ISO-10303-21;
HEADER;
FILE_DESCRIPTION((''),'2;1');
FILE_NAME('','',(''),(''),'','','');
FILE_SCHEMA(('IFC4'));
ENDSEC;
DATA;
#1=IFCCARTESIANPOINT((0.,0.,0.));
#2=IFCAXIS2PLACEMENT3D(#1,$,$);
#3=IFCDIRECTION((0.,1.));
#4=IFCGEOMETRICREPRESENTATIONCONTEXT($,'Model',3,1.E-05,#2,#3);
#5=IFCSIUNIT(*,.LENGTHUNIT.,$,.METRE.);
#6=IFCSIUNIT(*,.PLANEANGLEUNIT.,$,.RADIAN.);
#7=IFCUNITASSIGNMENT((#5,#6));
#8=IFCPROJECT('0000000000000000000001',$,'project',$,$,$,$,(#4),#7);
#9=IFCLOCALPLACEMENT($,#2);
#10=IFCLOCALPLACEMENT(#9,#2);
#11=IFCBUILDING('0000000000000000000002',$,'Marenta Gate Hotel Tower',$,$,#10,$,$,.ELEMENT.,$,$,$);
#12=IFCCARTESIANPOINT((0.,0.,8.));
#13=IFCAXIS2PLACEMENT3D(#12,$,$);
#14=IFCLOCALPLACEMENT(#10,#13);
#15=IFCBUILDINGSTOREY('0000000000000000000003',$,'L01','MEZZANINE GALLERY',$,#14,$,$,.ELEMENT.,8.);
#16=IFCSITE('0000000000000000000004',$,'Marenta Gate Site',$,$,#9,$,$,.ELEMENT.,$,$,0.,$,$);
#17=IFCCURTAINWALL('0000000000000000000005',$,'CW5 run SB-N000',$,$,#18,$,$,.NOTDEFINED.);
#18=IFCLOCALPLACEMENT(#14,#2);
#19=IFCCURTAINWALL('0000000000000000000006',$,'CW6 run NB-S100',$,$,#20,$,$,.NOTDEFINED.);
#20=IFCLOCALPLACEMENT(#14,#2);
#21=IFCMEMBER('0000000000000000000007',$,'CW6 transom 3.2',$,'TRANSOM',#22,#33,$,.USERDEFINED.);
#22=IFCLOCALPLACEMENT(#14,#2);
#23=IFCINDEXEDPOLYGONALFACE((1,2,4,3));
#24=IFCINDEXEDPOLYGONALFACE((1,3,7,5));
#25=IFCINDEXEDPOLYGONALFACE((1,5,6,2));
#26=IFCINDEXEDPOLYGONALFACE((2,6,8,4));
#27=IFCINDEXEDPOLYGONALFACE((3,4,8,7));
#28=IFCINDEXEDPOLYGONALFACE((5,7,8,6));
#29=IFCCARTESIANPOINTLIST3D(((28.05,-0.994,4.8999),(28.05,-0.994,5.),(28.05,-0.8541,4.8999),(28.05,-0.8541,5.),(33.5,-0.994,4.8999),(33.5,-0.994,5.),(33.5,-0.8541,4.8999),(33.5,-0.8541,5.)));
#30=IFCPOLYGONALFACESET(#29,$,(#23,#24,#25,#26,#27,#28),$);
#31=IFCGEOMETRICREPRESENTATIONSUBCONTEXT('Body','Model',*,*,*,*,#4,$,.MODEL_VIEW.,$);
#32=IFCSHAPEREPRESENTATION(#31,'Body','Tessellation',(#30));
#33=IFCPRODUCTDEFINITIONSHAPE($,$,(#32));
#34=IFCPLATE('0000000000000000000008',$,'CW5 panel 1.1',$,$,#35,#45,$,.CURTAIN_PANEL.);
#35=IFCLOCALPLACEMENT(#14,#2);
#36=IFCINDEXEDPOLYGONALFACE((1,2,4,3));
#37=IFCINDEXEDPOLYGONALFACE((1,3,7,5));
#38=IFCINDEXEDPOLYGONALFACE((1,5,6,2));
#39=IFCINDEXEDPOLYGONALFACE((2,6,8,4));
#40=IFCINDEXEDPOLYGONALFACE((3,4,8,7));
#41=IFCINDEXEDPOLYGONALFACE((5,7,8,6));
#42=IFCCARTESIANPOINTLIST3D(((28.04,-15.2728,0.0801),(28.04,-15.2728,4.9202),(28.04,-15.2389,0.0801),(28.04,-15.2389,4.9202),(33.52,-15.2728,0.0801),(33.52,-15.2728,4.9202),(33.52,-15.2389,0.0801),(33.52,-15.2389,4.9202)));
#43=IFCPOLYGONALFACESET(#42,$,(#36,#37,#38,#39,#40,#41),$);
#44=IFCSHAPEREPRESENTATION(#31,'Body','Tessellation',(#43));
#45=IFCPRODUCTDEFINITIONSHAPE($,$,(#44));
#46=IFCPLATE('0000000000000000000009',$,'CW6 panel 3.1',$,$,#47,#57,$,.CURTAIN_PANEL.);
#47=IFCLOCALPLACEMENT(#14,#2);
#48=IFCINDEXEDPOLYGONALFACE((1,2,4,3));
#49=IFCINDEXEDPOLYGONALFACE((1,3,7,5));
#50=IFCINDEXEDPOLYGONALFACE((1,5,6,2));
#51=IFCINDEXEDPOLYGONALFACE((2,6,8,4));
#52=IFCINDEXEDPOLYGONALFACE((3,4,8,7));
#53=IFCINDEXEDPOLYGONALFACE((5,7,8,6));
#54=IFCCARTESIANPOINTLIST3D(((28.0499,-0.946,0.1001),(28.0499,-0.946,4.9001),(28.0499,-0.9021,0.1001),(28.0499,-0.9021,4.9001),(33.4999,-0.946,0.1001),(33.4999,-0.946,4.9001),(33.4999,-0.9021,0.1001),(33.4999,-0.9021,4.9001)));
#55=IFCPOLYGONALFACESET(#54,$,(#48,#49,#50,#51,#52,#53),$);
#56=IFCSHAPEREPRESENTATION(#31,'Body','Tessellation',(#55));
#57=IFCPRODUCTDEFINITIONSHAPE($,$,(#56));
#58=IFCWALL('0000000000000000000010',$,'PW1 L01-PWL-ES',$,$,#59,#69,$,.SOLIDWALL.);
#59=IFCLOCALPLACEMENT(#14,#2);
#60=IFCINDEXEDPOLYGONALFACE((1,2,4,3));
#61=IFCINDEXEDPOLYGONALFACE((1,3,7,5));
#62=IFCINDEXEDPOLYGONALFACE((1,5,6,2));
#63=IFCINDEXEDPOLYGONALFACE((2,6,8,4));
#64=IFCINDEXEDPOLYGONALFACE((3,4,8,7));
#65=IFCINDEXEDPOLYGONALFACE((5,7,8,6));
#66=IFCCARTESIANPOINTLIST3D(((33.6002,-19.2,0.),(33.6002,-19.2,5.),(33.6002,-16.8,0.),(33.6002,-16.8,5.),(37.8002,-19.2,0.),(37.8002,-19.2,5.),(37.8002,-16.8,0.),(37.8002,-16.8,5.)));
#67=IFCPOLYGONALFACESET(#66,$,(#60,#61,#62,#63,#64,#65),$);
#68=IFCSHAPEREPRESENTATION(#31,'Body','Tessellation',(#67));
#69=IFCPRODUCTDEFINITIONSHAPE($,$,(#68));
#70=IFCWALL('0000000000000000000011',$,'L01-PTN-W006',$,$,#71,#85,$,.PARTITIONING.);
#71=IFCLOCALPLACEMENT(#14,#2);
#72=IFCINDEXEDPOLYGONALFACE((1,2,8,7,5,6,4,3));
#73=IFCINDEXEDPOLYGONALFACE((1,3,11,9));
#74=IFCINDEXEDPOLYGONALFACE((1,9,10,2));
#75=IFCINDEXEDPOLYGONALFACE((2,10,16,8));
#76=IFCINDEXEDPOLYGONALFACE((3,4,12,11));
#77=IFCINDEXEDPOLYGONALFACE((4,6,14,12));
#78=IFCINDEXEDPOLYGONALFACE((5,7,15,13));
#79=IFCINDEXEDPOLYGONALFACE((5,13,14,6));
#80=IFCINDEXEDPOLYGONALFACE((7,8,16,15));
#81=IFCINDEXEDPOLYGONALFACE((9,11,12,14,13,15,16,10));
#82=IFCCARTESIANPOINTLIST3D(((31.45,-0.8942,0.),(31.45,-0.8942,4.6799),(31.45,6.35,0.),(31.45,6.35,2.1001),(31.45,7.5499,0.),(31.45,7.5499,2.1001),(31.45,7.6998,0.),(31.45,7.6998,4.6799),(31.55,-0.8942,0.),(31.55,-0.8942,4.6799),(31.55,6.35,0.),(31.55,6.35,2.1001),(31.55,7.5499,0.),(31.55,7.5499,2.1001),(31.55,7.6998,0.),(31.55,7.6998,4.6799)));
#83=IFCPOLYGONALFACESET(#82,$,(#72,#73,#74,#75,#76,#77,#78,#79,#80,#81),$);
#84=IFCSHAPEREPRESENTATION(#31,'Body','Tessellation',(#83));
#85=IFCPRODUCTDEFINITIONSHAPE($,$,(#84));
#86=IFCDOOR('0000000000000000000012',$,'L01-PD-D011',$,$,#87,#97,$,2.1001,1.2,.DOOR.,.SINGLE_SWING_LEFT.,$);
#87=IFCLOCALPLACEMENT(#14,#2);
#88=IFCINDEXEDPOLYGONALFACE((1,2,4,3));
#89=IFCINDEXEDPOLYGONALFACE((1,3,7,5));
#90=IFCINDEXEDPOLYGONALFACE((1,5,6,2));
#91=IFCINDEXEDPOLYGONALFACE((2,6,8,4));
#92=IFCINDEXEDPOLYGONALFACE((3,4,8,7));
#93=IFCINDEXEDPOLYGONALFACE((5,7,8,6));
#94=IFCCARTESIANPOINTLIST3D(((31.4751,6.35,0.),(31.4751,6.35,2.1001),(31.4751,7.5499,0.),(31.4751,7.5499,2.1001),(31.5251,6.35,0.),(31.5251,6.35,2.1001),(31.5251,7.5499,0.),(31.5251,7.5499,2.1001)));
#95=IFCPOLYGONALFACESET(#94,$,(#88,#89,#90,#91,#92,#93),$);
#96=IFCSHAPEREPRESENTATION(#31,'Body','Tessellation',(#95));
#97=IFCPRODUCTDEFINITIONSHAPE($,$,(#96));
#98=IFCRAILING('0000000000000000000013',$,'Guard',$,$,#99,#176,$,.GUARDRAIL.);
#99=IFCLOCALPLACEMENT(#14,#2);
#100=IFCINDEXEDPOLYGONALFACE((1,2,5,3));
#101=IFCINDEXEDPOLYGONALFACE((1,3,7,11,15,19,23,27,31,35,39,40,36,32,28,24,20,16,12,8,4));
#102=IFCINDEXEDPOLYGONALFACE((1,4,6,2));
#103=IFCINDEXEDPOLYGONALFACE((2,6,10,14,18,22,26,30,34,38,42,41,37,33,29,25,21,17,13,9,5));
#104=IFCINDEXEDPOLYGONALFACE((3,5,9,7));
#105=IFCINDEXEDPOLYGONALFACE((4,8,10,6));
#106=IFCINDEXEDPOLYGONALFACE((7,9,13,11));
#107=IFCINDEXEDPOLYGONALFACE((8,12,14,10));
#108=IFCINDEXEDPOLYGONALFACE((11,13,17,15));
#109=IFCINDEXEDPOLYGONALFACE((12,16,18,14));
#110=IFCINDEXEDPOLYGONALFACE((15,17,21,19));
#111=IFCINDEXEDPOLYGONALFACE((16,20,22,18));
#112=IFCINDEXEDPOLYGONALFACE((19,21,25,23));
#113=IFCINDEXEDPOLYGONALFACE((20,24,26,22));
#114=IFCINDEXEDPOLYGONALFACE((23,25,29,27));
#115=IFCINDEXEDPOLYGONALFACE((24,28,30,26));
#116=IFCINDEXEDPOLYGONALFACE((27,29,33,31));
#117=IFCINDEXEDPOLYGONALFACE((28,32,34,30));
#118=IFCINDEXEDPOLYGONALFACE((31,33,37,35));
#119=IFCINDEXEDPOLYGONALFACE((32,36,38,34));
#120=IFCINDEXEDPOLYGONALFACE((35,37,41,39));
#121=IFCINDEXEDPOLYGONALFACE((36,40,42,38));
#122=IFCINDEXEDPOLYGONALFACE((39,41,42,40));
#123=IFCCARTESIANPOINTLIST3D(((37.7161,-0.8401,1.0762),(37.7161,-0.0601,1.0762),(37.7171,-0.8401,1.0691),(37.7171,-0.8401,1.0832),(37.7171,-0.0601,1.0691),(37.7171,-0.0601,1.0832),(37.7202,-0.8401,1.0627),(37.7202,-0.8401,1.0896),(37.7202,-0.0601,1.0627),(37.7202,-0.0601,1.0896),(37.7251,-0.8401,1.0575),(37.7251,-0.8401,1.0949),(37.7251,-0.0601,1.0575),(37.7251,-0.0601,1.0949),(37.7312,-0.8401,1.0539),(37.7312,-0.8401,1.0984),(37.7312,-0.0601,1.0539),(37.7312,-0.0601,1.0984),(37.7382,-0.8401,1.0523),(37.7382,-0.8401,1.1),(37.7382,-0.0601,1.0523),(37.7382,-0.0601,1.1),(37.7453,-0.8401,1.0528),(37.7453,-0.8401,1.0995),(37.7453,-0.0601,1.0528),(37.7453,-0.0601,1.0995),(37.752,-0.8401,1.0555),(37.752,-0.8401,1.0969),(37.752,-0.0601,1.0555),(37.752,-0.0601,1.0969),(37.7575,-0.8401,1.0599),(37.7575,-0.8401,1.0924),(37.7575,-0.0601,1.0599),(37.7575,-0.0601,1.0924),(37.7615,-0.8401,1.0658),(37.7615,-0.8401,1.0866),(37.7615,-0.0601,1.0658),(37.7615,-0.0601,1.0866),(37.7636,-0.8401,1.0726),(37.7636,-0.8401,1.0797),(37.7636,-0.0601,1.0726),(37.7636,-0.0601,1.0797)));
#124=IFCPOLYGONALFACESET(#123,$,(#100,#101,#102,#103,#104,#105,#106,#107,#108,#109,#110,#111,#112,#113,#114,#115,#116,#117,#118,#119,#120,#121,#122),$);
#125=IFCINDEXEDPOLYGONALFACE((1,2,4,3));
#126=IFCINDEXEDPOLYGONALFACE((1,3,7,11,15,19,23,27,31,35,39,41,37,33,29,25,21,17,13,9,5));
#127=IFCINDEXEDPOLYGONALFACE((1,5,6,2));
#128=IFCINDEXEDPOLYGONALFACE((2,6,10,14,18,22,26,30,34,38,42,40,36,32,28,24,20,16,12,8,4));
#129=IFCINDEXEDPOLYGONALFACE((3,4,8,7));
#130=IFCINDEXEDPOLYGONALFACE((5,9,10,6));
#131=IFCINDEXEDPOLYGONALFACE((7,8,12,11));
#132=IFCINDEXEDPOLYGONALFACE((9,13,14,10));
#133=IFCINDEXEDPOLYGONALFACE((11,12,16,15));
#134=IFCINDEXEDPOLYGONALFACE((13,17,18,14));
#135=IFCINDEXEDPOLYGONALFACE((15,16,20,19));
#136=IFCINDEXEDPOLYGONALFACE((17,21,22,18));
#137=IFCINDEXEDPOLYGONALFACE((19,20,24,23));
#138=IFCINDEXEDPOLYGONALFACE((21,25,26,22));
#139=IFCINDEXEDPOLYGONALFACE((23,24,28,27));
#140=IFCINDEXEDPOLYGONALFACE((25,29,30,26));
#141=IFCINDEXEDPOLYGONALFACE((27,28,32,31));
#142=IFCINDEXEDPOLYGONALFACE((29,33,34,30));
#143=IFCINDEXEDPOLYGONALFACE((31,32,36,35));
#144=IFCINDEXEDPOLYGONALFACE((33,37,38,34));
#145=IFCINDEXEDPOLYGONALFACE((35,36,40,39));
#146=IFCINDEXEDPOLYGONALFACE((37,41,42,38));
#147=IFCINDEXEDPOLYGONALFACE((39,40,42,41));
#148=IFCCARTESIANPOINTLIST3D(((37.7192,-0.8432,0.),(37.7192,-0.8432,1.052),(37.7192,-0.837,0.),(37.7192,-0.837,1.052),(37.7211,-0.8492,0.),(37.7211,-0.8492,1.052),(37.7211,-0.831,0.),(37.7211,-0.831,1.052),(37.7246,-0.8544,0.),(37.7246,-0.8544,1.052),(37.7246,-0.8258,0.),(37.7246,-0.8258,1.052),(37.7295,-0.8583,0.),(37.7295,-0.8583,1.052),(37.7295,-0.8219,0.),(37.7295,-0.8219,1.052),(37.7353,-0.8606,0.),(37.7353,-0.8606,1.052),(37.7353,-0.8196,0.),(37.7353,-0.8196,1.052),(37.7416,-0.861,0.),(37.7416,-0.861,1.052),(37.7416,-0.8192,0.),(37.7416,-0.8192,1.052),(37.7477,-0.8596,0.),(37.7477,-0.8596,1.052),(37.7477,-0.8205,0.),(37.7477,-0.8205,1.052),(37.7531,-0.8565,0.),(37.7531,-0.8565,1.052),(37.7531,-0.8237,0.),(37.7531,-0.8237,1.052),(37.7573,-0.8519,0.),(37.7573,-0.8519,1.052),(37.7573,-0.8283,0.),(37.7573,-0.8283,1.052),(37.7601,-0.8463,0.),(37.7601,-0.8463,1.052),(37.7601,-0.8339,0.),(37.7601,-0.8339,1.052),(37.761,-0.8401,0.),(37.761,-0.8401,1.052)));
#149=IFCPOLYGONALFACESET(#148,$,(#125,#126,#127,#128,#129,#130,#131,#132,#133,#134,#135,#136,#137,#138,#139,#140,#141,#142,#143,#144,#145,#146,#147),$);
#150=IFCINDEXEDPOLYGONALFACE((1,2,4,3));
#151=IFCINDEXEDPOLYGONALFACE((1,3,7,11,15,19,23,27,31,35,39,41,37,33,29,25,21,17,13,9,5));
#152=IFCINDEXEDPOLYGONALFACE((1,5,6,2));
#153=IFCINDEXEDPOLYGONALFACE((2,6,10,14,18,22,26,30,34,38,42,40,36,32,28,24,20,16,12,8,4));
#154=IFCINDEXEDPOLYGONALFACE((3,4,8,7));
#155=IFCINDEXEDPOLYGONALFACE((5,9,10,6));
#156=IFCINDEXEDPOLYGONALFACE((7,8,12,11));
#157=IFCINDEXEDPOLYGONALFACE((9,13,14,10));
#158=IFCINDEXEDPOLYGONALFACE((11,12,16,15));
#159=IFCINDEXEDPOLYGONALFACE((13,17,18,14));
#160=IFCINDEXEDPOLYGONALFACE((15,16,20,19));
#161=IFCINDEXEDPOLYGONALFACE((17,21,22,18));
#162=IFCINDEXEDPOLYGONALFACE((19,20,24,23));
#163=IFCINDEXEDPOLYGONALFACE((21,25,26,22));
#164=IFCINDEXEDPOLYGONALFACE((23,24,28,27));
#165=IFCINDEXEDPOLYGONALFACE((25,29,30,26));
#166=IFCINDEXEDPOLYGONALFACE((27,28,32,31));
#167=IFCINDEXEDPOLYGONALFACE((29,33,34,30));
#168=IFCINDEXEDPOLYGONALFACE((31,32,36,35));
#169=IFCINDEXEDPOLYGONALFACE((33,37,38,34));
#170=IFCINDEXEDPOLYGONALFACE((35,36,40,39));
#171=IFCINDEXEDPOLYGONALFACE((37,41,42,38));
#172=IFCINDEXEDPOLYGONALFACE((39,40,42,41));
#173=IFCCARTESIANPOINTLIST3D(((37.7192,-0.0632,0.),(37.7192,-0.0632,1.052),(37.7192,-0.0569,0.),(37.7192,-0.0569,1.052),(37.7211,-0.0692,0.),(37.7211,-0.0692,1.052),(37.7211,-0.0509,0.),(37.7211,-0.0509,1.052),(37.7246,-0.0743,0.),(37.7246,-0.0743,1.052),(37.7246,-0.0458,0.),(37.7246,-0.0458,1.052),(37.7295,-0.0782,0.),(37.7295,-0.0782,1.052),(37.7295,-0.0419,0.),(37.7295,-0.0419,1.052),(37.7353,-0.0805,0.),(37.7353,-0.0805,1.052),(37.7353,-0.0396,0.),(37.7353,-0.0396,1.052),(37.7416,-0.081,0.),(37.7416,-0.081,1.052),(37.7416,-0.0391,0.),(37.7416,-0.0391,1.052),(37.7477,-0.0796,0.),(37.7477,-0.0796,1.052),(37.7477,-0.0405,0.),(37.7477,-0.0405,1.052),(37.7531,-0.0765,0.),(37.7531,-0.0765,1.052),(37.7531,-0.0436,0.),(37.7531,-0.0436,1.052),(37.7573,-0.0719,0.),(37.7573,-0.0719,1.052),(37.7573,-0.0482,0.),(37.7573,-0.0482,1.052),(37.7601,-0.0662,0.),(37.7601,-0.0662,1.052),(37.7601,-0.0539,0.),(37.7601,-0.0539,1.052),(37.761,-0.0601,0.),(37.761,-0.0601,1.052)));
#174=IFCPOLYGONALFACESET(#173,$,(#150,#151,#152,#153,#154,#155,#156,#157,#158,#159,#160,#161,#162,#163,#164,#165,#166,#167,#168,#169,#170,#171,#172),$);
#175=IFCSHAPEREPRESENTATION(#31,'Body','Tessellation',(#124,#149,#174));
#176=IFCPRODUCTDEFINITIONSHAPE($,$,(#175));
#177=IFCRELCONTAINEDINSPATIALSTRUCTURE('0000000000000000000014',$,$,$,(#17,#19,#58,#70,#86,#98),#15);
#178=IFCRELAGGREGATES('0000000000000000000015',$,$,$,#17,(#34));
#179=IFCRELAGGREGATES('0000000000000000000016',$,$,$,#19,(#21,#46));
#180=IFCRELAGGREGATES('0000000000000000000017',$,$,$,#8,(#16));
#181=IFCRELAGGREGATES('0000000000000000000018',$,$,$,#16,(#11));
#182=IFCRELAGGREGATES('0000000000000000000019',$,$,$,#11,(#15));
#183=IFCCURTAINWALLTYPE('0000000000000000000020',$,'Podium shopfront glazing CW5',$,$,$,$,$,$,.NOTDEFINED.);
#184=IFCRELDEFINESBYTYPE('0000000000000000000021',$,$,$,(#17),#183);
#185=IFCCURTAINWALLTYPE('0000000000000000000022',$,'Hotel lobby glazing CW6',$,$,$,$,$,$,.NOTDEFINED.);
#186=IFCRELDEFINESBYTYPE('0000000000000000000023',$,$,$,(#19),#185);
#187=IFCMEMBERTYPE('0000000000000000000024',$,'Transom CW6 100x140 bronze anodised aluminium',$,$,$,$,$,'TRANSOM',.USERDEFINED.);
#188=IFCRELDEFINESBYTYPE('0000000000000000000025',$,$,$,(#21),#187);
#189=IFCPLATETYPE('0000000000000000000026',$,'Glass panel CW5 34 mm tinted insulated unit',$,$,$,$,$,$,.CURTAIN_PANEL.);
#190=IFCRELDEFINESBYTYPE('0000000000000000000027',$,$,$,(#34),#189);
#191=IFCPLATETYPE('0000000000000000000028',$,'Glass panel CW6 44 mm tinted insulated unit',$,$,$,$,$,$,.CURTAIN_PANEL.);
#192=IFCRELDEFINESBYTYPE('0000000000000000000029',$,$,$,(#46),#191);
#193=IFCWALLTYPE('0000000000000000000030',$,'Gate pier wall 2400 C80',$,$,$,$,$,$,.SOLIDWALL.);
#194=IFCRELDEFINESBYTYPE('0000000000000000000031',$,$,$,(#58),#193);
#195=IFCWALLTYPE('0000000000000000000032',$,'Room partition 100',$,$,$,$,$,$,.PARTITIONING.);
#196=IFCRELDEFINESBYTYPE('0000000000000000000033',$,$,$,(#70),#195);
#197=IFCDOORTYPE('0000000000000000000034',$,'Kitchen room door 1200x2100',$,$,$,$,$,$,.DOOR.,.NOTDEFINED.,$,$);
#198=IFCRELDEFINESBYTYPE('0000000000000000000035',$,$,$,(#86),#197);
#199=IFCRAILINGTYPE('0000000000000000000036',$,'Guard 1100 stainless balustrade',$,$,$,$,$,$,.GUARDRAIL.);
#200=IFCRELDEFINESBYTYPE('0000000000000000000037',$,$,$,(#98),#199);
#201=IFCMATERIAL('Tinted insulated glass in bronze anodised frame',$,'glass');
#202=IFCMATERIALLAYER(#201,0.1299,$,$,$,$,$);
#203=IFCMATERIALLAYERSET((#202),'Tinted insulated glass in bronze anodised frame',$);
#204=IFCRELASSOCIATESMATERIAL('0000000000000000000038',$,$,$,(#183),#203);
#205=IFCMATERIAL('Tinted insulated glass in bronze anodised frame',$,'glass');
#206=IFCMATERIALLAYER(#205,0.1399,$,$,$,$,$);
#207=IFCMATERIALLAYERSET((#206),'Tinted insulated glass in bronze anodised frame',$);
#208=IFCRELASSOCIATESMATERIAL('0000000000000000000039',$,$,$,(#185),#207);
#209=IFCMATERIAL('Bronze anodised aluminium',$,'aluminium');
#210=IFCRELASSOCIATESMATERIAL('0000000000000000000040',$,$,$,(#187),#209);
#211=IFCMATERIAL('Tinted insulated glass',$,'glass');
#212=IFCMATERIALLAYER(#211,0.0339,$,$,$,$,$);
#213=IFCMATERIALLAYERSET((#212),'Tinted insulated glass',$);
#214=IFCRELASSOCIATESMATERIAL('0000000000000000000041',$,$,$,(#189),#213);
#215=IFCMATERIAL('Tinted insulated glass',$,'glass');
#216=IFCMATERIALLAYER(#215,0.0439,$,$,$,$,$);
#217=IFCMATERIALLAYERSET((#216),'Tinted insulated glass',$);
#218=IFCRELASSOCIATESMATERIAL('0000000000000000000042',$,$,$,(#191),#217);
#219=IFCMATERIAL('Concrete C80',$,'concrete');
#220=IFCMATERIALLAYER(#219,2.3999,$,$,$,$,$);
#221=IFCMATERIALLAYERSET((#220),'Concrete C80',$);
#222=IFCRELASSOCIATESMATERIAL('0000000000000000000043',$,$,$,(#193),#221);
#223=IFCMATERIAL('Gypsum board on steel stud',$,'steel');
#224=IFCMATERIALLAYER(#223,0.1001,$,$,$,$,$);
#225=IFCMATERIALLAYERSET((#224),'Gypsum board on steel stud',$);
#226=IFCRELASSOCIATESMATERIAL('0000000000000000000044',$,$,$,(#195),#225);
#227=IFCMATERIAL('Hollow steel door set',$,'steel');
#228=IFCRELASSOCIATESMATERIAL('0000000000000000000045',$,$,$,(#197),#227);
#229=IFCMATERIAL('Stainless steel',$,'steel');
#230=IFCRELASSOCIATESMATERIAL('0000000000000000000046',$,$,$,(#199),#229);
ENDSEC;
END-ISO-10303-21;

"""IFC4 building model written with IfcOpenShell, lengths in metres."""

from ifc_helpers import new_model, si_unit, direction, frame, frame_2d, origin, origin_2d, place, context, subcontext, project, spatial, rectangle, circle, extrude, material, layer, layer_set, material_profile, profile_set, type_object, element, fill, aggregate, save


model = new_model("IFC4")

# Units and contexts
model_context = context("Model", 3, precision=1e-05, world=origin(), true_north=direction((0.0, 1.0)))
body_context = subcontext(model_context, "Body", "Model", "MODEL_VIEW")
ifc_project = project(units=[si_unit("LENGTHUNIT", "METRE"), si_unit("PLANEANGLEUNIT", "RADIAN")], contexts=[model_context])

# Site, building, storey
site_placement = place(None, origin())
site = spatial("IfcSite", under=ifc_project, at=site_placement, Name="Marenta Gate Site", CompositionType="ELEMENT", RefElevation=0.0)
building_placement = place(site_placement, origin())
building = spatial("IfcBuilding", under=site, at=building_placement, Name="Marenta Gate Hotel Tower", CompositionType="ELEMENT")
storey_placement = place(building_placement, frame((0.0, 0.0, 8.0)))
storey = spatial("IfcBuildingStorey", under=building, at=storey_placement, Name="L01", Description="MEZZANINE GALLERY", CompositionType="ELEMENT", Elevation=8.0)

# Curtain walls
ifc_material_1 = material(Name="Tinted insulated glass in bronze anodised frame", Category="glass")
ifc_layer_1 = layer(ifc_material_1, 0.1299)
ifc_layer_set_1 = layer_set([ifc_layer_1], Name="Tinted insulated glass in bronze anodised frame")
curtain_wall_type_1 = type_object("IfcCurtainWallType", Name="Podium shopfront glazing CW5", PredefinedType="NOTDEFINED", material=ifc_layer_set_1)
curtain_wall_1_placement = place(storey_placement, origin())
curtain_wall_1 = element("IfcCurtainWall", 1, at=curtain_wall_1_placement, inside=storey, type_object=curtain_wall_type_1, Name="CW5 run SB-N000", PredefinedType="NOTDEFINED")
ifc_material_2 = material(Name="Tinted insulated glass in bronze anodised frame", Category="glass")
ifc_layer_2 = layer(ifc_material_2, 0.1399)
ifc_layer_set_2 = layer_set([ifc_layer_2], Name="Tinted insulated glass in bronze anodised frame")
curtain_wall_type_2 = type_object("IfcCurtainWallType", Name="Hotel lobby glazing CW6", PredefinedType="NOTDEFINED", material=ifc_layer_set_2)
curtain_wall_2_placement = place(storey_placement, origin())
curtain_wall_2 = element("IfcCurtainWall", 2, at=curtain_wall_2_placement, inside=storey, type_object=curtain_wall_type_2, Name="CW6 run NB-S100", PredefinedType="NOTDEFINED")

# Member
ifc_material_3 = material(Name="Bronze anodised aluminium", Category="aluminium")
ifc_material_profile_1 = material_profile(ifc_material_3, rectangle(XDim=0.1399, YDim=0.1001, at=origin_2d()), Name="Transom CW6 100x140 bronze anodised aluminium")
ifc_profile_set_1 = profile_set([ifc_material_profile_1], Name="Bronze anodised aluminium")
member_type_1 = type_object("IfcMemberType", Name="Transom CW6 100x140 bronze anodised aluminium", ElementType="TRANSOM", PredefinedType="USERDEFINED", material=ifc_profile_set_1)
member_1_placement = place(storey_placement, frame((28.05, -0.9241, 4.95), z_axis=(1.0, 0.0, 0.0), x_axis=(0.0, 1.0, 0.0)))
member_1 = element("IfcMember", 3, at=member_1_placement, type_object=member_type_1, Name="CW6 transom 3.2", ObjectType="TRANSOM", PredefinedType="USERDEFINED", context=body_context, shape_type="SweptSolid", body=[
    extrude(rectangle(XDim=0.1399, YDim=0.1001, at=origin_2d()), origin(), (0.0, 0.0, 1.0), 5.45),
])

# Plates
ifc_material_4 = material(Name="Tinted insulated glass", Category="glass")
ifc_layer_3 = layer(ifc_material_4, 0.0339)
ifc_layer_set_3 = layer_set([ifc_layer_3], Name="Tinted insulated glass")
plate_type_1 = type_object("IfcPlateType", Name="Glass panel CW5 34 mm tinted insulated unit", PredefinedType="CURTAIN_PANEL", material=ifc_layer_set_3)
plate_1_placement = place(storey_placement, frame((30.78, -15.2559, 0.0801), z_axis=(0.0, 0.0, 1.0), x_axis=(-1.0, 0.0, 0.0)))
plate_1 = element("IfcPlate", 4, at=plate_1_placement, type_object=plate_type_1, Name="CW5 panel 1.1", PredefinedType="CURTAIN_PANEL", context=body_context, shape_type="SweptSolid", body=[
    extrude(rectangle(XDim=5.48, YDim=0.0339, at=origin_2d()), origin(), (0.0, 0.0, 1.0), 4.8401),
])
aggregate(curtain_wall_1, [plate_1])
ifc_material_5 = material(Name="Tinted insulated glass", Category="glass")
ifc_layer_4 = layer(ifc_material_5, 0.0439)
ifc_layer_set_4 = layer_set([ifc_layer_4], Name="Tinted insulated glass")
plate_type_2 = type_object("IfcPlateType", Name="Glass panel CW6 44 mm tinted insulated unit", PredefinedType="CURTAIN_PANEL", material=ifc_layer_set_4)
plate_2_placement = place(storey_placement, frame((30.7749, -0.9241, 0.1001), z_axis=(0.0, 0.0, 1.0), x_axis=(1.0, 0.0, 0.0)))
plate_2 = element("IfcPlate", 5, at=plate_2_placement, type_object=plate_type_2, Name="CW6 panel 3.1", PredefinedType="CURTAIN_PANEL", context=body_context, shape_type="SweptSolid", body=[
    extrude(rectangle(XDim=5.45, YDim=0.0439, at=origin_2d()), origin(), (0.0, 0.0, 1.0), 4.8),
])
aggregate(curtain_wall_2, [member_1, plate_2])

# Wall
ifc_material_6 = material(Name="Concrete C80", Category="concrete")
ifc_layer_5 = layer(ifc_material_6, 2.3999)
ifc_layer_set_5 = layer_set([ifc_layer_5], Name="Concrete C80")
wall_type_1 = type_object("IfcWallType", Name="Gate pier wall 2400 C80", PredefinedType="SOLIDWALL", material=ifc_layer_set_5)
wall_1_placement = place(storey_placement, frame((33.6001, -18.0, 0.0), z_axis=(0.0, 0.0, 1.0), x_axis=(1.0, 0.0, 0.0)))
element("IfcWall", 6, at=wall_1_placement, inside=storey, type_object=wall_type_1, Name="PW1 L01-PWL-ES", PredefinedType="SOLIDWALL", context=body_context, shape_type="SweptSolid", body=[
    extrude(rectangle(XDim=4.2, YDim=2.3999, at=frame_2d((2.1001, 0.0))), origin(), (0.0, 0.0, 1.0), 5.0),
])

# Wall, opening, door
ifc_material_7 = material(Name="Gypsum board on steel stud", Category="steel")
ifc_layer_6 = layer(ifc_material_7, 0.1001)
ifc_layer_set_6 = layer_set([ifc_layer_6], Name="Gypsum board on steel stud")
wall_type_2 = type_object("IfcWallType", Name="Room partition 100", PredefinedType="PARTITIONING", material=ifc_layer_set_6)
wall_2_placement = place(storey_placement, frame((31.5, -0.894, 0.0), z_axis=(0.0, 0.0, 1.0), x_axis=(0.0, 1.0, 0.0)))
wall_2 = element("IfcWall", 7, at=wall_2_placement, inside=storey, type_object=wall_type_2, Name="L01-PTN-W006", PredefinedType="PARTITIONING", context=body_context, shape_type="SweptSolid", body=[
    extrude(rectangle(XDim=8.594, YDim=0.1001, at=frame_2d((4.2969, 0.0))), origin(), (0.0, 0.0, 1.0), 4.6799),
])
opening_placement = place(wall_2_placement, frame((7.2439, 0.0, 0.0)))
opening = element("IfcOpeningElement", 8, at=opening_placement, cuts=wall_2, PredefinedType="OPENING", context=body_context, shape_type="SweptSolid", body=[
    extrude(rectangle(XDim=1.2, YDim=2.1001, at=frame_2d((0.6001, 1.05))), frame((0.0, 0.05, 0.0), z_axis=(0.0, -1.0, 0.0), x_axis=(1.0, 0.0, 0.0)), (0.0, 0.0, 1.0), 0.1001),
])
ifc_material_8 = material(Name="Hollow steel door set", Category="steel")
door_type = type_object("IfcDoorType", Name="Kitchen room door 1200x2100", OperationType="NOTDEFINED", PredefinedType="DOOR", material=ifc_material_8)
door_placement = place(opening_placement, origin())
door = element("IfcDoor", 9, at=door_placement, inside=storey, type_object=door_type, Name="L01-PD-D011", OperationType="SINGLE_SWING_LEFT", OverallHeight=2.1001, OverallWidth=1.2, PredefinedType="DOOR", context=body_context, shape_type="SweptSolid", body=[
    extrude(rectangle(XDim=1.2, YDim=2.1001, at=frame_2d((0.6001, 1.05))), frame((0.0, 0.0249, 0.0), z_axis=(0.0, -1.0, 0.0), x_axis=(1.0, 0.0, 0.0)), (0.0, 0.0, 1.0), 0.05),
])
fill(opening, door)

# Railing
ifc_material_9 = material(Name="Stainless steel", Category="steel")
railing_type_1 = type_object("IfcRailingType", Name="Guard 1100 stainless balustrade", PredefinedType="GUARDRAIL", material=ifc_material_9)
railing_1_placement = place(storey_placement, frame((37.74, -0.8401, 0.0)))
element("IfcRailing", 10, at=railing_1_placement, inside=storey, type_object=railing_type_1, Name="Guard", PredefinedType="GUARDRAIL", context=body_context, shape_type="SweptSolid", body=[
    extrude(circle(Radius=0.0239, at=origin_2d()), frame((0.0, 0.0, 1.0762), z_axis=(0.0, 1.0, 0.0), x_axis=(-1.0, 0.0, 0.0)), (0.0, 0.0, 1.0), 0.78),
    extrude(circle(Radius=0.021, at=origin_2d()), origin(), (0.0, 0.0, 1.0), 1.052),
    extrude(circle(Radius=0.021, at=origin_2d()), frame((0.0, 0.78, 0.0)), (0.0, 0.0, 1.0), 1.052),
])

save(model, "model.ifc")
